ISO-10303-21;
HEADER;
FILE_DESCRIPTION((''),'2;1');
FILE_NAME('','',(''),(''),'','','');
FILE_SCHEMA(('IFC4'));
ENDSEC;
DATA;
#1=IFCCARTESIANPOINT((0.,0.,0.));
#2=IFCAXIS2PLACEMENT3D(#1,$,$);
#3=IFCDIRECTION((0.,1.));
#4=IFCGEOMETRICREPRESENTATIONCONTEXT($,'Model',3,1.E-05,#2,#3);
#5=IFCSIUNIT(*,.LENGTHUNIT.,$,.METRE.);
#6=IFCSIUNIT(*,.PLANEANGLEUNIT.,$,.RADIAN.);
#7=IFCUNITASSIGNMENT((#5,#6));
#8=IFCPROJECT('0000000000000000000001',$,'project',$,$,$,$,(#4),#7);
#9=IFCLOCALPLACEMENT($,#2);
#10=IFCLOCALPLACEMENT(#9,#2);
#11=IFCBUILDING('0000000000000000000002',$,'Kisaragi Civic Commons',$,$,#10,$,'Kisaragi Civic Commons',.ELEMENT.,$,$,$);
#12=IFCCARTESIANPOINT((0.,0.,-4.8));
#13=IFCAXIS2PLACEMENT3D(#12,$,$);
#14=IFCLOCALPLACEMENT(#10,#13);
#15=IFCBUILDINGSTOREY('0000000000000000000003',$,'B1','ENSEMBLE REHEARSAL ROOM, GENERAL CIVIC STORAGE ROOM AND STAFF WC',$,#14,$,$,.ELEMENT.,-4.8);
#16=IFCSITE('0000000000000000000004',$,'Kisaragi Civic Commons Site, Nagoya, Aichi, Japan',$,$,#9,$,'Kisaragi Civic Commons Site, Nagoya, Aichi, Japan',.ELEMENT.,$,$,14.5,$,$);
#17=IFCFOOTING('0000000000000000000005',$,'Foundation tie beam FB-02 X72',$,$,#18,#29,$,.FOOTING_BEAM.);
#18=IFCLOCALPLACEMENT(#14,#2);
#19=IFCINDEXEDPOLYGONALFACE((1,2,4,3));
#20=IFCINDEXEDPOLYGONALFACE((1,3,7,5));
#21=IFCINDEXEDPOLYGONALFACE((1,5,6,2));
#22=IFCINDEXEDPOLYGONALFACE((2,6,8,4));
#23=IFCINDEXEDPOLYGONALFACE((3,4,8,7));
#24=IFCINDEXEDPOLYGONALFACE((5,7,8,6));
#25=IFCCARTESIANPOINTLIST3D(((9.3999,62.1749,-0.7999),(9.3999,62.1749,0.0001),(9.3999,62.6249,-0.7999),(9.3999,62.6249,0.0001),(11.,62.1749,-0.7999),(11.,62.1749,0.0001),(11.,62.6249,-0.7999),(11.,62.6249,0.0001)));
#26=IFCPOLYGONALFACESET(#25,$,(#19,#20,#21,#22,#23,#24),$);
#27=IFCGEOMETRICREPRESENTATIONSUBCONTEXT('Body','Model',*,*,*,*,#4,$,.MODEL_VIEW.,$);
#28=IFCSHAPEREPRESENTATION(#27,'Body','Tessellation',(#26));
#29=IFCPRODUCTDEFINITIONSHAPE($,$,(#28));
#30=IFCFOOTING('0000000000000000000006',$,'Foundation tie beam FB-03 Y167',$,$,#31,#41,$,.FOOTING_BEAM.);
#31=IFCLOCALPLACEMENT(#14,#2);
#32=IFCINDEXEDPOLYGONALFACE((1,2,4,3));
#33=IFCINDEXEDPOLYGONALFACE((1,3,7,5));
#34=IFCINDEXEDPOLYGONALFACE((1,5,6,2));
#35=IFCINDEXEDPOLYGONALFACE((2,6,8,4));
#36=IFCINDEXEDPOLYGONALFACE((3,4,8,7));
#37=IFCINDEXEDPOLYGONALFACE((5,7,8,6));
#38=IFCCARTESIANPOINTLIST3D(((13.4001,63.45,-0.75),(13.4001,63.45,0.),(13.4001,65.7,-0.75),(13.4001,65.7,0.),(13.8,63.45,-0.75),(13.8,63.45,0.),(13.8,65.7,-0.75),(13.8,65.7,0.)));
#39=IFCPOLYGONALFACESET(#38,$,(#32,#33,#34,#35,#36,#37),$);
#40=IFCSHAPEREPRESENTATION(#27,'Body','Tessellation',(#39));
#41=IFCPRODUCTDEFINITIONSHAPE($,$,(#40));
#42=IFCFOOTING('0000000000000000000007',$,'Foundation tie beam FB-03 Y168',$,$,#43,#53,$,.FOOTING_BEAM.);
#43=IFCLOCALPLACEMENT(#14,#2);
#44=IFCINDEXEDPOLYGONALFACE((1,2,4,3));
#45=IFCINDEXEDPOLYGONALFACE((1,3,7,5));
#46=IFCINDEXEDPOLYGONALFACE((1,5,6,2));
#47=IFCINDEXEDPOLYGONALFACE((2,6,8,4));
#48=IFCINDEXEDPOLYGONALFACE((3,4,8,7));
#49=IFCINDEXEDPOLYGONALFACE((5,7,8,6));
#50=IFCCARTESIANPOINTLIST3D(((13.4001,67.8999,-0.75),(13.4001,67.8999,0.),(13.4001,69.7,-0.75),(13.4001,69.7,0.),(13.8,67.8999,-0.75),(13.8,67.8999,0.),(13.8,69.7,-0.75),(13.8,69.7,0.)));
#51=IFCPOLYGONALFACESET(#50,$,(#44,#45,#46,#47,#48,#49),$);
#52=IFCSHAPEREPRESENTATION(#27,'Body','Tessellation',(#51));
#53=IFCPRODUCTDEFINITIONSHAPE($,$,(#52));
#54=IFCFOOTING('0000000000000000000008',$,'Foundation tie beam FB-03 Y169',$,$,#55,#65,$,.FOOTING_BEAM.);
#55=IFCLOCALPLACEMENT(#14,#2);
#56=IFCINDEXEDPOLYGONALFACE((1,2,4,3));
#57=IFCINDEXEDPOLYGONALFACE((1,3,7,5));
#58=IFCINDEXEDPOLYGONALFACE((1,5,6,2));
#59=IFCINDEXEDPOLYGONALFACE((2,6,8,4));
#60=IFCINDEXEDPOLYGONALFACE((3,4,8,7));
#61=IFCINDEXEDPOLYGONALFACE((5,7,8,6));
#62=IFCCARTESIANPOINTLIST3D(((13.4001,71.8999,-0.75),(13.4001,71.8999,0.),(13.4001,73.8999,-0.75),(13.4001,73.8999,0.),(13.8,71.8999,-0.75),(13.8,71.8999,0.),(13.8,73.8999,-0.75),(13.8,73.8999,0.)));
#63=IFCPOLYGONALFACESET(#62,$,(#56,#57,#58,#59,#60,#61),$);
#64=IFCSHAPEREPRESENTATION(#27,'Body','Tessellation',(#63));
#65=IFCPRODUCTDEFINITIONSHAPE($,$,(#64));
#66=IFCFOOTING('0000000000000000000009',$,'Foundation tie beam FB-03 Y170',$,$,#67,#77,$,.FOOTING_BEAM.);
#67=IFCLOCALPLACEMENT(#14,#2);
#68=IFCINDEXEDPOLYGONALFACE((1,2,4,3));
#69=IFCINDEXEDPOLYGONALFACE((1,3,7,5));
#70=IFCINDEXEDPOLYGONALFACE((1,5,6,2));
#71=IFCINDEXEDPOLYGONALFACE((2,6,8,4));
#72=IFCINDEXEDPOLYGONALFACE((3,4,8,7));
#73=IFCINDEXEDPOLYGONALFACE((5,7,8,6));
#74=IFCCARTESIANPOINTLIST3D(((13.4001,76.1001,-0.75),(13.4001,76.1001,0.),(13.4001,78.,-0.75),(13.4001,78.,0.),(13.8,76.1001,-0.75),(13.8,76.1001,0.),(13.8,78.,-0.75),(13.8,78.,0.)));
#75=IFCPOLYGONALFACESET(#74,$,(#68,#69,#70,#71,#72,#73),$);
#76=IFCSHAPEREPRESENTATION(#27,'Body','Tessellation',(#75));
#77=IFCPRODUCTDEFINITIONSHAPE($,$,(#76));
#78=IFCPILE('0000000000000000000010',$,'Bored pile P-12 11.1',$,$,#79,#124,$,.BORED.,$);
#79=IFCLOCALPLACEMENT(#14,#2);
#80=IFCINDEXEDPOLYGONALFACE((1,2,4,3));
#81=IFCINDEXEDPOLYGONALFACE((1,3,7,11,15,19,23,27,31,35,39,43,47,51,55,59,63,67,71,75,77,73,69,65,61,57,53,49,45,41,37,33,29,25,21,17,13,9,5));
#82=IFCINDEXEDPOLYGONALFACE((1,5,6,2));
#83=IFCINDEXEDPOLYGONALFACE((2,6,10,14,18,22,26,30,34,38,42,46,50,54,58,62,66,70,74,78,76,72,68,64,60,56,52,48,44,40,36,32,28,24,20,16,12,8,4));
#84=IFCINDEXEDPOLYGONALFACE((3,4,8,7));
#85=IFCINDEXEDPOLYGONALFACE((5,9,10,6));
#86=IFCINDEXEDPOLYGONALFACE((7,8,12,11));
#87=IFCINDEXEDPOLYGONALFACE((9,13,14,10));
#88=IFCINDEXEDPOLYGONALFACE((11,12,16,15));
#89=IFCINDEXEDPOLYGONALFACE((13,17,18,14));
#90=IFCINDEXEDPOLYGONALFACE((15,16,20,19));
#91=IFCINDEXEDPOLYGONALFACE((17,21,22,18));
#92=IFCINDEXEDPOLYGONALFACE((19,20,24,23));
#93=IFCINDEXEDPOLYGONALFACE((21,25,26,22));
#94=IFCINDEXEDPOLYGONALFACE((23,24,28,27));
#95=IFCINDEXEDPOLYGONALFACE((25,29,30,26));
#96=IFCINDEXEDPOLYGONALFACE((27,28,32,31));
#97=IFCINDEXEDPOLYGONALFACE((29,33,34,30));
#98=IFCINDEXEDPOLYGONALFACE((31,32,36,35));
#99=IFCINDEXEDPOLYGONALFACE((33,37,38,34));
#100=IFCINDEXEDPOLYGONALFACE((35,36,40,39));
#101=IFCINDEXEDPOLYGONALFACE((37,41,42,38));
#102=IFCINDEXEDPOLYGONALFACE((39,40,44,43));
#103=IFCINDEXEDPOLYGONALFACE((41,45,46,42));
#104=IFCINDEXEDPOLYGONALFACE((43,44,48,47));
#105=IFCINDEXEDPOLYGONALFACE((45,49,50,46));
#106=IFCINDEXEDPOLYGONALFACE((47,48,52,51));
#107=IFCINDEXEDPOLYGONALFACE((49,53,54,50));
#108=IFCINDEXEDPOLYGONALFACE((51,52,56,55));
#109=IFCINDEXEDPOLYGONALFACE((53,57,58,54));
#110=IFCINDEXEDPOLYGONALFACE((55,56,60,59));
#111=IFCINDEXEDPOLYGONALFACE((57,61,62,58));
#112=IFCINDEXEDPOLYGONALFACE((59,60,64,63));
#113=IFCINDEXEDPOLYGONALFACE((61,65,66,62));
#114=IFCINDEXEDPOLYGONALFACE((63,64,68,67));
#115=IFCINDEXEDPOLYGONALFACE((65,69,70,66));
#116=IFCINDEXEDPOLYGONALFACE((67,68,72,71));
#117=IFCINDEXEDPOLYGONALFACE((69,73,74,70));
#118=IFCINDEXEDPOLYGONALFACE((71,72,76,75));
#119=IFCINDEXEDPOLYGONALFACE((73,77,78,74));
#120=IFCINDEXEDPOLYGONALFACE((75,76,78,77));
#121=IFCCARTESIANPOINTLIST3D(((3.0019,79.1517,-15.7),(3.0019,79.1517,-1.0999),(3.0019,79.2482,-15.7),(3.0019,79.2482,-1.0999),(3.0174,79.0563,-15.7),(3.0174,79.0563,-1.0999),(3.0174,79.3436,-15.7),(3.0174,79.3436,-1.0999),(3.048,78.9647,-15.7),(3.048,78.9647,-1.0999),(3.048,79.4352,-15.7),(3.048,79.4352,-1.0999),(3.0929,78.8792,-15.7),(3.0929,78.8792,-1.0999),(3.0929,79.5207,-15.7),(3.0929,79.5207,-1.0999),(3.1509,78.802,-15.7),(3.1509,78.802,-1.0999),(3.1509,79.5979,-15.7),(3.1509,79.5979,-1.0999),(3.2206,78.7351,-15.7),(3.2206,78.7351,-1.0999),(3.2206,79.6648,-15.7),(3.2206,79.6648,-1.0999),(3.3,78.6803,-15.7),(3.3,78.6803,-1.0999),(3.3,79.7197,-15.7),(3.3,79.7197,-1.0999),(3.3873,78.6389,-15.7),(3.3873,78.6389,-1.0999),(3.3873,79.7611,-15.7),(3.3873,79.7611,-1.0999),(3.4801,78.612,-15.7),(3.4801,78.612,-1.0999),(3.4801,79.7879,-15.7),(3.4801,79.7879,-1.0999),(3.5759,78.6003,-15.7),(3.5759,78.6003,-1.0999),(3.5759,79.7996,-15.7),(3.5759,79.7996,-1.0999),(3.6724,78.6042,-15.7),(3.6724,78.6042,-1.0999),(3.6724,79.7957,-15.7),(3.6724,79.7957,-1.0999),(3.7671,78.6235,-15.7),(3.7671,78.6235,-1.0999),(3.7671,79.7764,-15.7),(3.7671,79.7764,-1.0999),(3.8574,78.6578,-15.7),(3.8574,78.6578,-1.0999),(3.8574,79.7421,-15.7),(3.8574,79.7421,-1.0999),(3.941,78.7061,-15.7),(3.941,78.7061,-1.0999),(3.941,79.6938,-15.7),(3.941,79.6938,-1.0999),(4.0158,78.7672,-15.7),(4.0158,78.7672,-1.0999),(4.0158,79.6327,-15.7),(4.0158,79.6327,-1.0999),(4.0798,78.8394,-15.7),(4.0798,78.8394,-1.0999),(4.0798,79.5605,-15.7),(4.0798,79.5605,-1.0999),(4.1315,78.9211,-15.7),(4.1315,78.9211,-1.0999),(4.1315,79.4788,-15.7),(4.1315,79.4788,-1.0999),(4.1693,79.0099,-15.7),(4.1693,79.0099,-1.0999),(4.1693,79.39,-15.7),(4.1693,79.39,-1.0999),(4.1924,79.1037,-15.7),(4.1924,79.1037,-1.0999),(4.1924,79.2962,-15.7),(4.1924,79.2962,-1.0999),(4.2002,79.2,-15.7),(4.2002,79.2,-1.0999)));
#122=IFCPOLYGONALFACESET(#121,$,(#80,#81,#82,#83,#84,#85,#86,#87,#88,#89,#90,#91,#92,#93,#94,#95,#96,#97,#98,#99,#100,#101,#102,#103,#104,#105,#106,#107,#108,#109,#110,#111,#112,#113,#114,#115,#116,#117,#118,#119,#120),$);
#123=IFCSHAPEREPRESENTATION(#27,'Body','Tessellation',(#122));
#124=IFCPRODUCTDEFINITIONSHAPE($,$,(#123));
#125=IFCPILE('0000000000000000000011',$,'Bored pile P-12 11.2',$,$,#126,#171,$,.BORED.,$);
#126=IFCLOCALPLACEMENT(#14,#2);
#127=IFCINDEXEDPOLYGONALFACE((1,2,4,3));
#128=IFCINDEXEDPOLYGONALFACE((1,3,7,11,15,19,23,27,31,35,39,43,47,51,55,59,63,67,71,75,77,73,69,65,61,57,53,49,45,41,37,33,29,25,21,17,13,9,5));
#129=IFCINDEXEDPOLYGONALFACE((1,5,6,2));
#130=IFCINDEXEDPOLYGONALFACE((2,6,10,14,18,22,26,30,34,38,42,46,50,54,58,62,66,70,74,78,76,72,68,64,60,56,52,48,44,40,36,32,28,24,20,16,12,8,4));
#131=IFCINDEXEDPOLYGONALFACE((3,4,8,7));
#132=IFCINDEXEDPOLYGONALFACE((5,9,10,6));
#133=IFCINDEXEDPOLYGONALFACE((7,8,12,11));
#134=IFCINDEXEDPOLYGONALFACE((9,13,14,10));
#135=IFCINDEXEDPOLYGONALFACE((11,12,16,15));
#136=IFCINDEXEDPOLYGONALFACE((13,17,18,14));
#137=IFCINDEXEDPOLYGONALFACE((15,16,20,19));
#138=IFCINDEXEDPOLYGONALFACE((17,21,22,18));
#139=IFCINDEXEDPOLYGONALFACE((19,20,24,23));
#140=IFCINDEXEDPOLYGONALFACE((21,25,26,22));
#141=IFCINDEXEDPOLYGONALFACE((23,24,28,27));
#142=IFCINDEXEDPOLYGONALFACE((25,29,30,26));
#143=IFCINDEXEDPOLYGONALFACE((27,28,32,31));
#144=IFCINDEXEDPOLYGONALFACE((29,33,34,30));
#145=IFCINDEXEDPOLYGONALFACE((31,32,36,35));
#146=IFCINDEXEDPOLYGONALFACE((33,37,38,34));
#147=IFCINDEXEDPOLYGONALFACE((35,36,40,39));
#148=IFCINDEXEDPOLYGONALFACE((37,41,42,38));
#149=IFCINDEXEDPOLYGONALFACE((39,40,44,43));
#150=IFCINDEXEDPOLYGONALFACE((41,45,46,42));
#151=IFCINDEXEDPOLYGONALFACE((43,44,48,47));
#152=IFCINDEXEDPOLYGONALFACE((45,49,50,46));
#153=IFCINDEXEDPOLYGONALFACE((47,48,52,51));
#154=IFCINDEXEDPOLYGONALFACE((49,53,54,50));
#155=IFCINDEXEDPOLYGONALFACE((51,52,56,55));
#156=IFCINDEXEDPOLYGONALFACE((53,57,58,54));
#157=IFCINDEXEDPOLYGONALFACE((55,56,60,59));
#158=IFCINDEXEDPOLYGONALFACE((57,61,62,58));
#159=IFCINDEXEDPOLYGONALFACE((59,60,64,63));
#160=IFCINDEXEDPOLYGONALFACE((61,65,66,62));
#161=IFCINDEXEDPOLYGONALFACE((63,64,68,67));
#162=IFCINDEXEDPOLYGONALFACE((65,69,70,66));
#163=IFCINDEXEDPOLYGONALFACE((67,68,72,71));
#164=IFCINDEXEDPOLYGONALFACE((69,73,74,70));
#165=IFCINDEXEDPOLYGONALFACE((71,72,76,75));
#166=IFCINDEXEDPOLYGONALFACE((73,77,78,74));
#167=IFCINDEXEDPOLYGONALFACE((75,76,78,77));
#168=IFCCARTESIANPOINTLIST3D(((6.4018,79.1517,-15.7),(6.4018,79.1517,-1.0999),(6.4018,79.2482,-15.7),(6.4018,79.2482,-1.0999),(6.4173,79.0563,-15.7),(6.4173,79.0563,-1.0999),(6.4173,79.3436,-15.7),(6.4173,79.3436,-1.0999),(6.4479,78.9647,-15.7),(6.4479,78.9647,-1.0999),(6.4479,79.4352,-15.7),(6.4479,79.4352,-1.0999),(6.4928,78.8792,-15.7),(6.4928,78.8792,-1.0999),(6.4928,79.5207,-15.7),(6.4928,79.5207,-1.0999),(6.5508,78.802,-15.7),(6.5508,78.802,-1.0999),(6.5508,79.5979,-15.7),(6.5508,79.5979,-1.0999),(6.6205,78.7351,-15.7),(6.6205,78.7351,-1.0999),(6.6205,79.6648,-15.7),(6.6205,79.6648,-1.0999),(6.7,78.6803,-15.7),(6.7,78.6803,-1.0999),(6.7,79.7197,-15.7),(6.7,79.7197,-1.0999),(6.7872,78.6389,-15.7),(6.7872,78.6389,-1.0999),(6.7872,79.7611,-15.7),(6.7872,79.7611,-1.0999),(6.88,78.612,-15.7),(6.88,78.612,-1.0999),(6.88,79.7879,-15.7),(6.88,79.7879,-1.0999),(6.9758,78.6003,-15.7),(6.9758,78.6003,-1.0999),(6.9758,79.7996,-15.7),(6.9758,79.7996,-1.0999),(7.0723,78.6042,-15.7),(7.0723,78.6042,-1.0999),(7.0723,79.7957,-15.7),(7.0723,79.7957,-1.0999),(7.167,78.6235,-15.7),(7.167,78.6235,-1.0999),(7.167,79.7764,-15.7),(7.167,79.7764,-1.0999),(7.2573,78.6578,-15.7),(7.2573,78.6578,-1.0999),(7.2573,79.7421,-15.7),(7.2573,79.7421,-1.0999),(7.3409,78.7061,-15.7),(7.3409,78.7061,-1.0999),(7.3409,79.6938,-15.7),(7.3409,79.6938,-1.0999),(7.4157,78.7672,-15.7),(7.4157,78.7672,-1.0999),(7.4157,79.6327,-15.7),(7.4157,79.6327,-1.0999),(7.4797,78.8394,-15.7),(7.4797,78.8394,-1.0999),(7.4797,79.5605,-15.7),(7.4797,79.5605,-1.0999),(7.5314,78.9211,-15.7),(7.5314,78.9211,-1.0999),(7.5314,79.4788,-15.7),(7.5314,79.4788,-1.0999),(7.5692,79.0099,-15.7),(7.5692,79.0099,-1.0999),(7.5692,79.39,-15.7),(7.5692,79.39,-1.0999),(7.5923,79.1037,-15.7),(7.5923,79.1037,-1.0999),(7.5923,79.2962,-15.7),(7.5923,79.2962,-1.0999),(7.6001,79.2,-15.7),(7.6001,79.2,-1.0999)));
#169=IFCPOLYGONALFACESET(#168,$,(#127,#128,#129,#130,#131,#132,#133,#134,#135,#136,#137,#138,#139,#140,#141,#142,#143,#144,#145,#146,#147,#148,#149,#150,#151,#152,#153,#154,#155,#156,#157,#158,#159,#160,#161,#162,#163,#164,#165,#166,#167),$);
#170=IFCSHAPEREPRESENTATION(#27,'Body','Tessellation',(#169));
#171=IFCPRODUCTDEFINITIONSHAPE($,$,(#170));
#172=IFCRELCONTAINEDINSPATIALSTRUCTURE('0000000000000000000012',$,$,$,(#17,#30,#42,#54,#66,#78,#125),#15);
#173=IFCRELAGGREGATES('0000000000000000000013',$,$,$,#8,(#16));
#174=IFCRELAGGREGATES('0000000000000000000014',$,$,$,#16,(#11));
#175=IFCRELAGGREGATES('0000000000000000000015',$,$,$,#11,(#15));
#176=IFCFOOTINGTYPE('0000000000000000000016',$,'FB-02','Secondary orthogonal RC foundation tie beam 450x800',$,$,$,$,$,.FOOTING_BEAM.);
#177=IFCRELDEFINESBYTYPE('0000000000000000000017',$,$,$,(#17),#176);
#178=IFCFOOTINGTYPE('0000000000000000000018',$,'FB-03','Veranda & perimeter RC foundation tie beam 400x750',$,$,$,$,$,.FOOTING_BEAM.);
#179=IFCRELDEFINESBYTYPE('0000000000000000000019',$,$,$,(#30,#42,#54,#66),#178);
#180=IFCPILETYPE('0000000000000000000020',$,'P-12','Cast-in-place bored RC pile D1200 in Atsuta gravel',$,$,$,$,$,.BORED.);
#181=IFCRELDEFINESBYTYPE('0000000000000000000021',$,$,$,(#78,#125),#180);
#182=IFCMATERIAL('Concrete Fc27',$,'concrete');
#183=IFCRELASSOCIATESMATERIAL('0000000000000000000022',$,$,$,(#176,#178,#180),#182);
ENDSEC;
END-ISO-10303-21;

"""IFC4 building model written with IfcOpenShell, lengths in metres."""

from ifc_helpers import new_model, si_unit, direction, frame, origin, origin_2d, place, context, subcontext, project, spatial, rectangle, circle, extrude, material, material_profile, profile_set, type_object, element, save


model = new_model("IFC4")

# Units and contexts
model_context = context("Model", 3, precision=1e-05, world=origin(), true_north=direction((0.0, 1.0)))
body_context = subcontext(model_context, "Body", "Model", "MODEL_VIEW")
ifc_project = project(units=[si_unit("LENGTHUNIT", "METRE"), si_unit("PLANEANGLEUNIT", "RADIAN")], contexts=[model_context])

# Site, building, storey
site_placement = place(None, origin())
site = spatial("IfcSite", under=ifc_project, at=site_placement, Name="Kisaragi Civic Commons Site, Nagoya, Aichi, Japan", LongName="Kisaragi Civic Commons Site, Nagoya, Aichi, Japan", CompositionType="ELEMENT", RefElevation=14.5)
building_placement = place(site_placement, origin())
building = spatial("IfcBuilding", under=site, at=building_placement, Name="Kisaragi Civic Commons", LongName="Kisaragi Civic Commons", CompositionType="ELEMENT")
storey_placement = place(building_placement, frame((0.0, 0.0, -4.8)))
storey = spatial("IfcBuildingStorey", under=building, at=storey_placement, Name="B1", Description="ENSEMBLE REHEARSAL ROOM, GENERAL CIVIC STORAGE ROOM AND STAFF WC", CompositionType="ELEMENT", Elevation=-4.8)

# Footings
ifc_material_1 = material(Name="Concrete Fc27", Category="concrete")
ifc_material_profile_1 = material_profile(ifc_material_1, rectangle(XDim=0.45, YDim=0.8, at=origin_2d()), Name="RC-450x800", Category="concrete")
ifc_profile_set_1 = profile_set([ifc_material_profile_1], Name="Concrete Fc27")
footing_type_1 = type_object("IfcFootingType", Name="FB-02", Description="Secondary orthogonal RC foundation tie beam 450x800", PredefinedType="FOOTING_BEAM", material=ifc_profile_set_1)
footing_1_placement = place(storey_placement, frame((9.3999, 62.3999, -0.3999), z_axis=(1.0, 0.0, 0.0), x_axis=(0.0, 1.0, 0.0)))
element("IfcFooting", 1, at=footing_1_placement, inside=storey, type_object=footing_type_1, Name="Foundation tie beam FB-02 X72", PredefinedType="FOOTING_BEAM", context=body_context, shape_type="SweptSolid", body=[
    extrude(rectangle(XDim=0.45, YDim=0.8, at=origin_2d()), origin(), (0.0, 0.0, 1.0), 1.6001),
])
ifc_material_profile_2 = material_profile(ifc_material_1, rectangle(XDim=0.3999, YDim=0.75, at=origin_2d()), Name="RC-400x750", Category="concrete")
ifc_profile_set_2 = profile_set([ifc_material_profile_2], Name="Concrete Fc27")
footing_type_2 = type_object("IfcFootingType", Name="FB-03", Description="Veranda & perimeter RC foundation tie beam 400x750", PredefinedType="FOOTING_BEAM", material=ifc_profile_set_2)
footing_2_placement = place(storey_placement, frame((13.6001, 63.45, -0.375), z_axis=(0.0, 1.0, 0.0), x_axis=(-1.0, 0.0, 0.0)))
element("IfcFooting", 2, at=footing_2_placement, inside=storey, type_object=footing_type_2, Name="Foundation tie beam FB-03 Y167", PredefinedType="FOOTING_BEAM", context=body_context, shape_type="SweptSolid", body=[
    extrude(rectangle(XDim=0.3999, YDim=0.75, at=origin_2d()), origin(), (0.0, 0.0, 1.0), 2.25),
])
footing_3_placement = place(storey_placement, frame((13.6001, 67.8999, -0.375), z_axis=(0.0, 1.0, 0.0), x_axis=(-1.0, 0.0, 0.0)))
element("IfcFooting", 3, at=footing_3_placement, inside=storey, type_object=footing_type_2, Name="Foundation tie beam FB-03 Y168", PredefinedType="FOOTING_BEAM", context=body_context, shape_type="SweptSolid", body=[
    extrude(rectangle(XDim=0.3999, YDim=0.75, at=origin_2d()), origin(), (0.0, 0.0, 1.0), 1.8),
])
footing_4_placement = place(storey_placement, frame((13.6001, 71.8999, -0.375), z_axis=(0.0, 1.0, 0.0), x_axis=(-1.0, 0.0, 0.0)))
element("IfcFooting", 4, at=footing_4_placement, inside=storey, type_object=footing_type_2, Name="Foundation tie beam FB-03 Y169", PredefinedType="FOOTING_BEAM", context=body_context, shape_type="SweptSolid", body=[
    extrude(rectangle(XDim=0.3999, YDim=0.75, at=origin_2d()), origin(), (0.0, 0.0, 1.0), 2.0),
])
footing_5_placement = place(storey_placement, frame((13.6001, 76.1001, -0.375), z_axis=(0.0, 1.0, 0.0), x_axis=(-1.0, 0.0, 0.0)))
element("IfcFooting", 5, at=footing_5_placement, inside=storey, type_object=footing_type_2, Name="Foundation tie beam FB-03 Y170", PredefinedType="FOOTING_BEAM", context=body_context, shape_type="SweptSolid", body=[
    extrude(rectangle(XDim=0.3999, YDim=0.75, at=origin_2d()), origin(), (0.0, 0.0, 1.0), 1.8999),
])

# Piles
ifc_material_profile_3 = material_profile(ifc_material_1, circle(Radius=0.6001, at=origin_2d()), Name="PILE-D1200", Category="concrete")
ifc_profile_set_3 = profile_set([ifc_material_profile_3], Name="Concrete Fc27")
pile_type = type_object("IfcPileType", Name="P-12", Description="Cast-in-place bored RC pile D1200 in Atsuta gravel", PredefinedType="BORED", material=ifc_profile_set_3)
for number, where, z_axis, x_axis, name in (
    (6, (3.6001, 79.2, -1.0999), (0.0, 0.0, -1.0), (1.0, 0.0, 0.0), "Bored pile P-12 11.1"),
    (7, (7.0, 79.2, -1.0999), (0.0, 0.0, -1.0), (1.0, 0.0, 0.0), "Bored pile P-12 11.2"),
):
    element("IfcPile", number, at=place(storey_placement, frame(where, z_axis=z_axis, x_axis=x_axis)), inside=storey, type_object=pile_type, Name=name, PredefinedType="BORED", context=body_context, shape_type="SweptSolid", body=[
        extrude(circle(Radius=0.6001, at=origin_2d()), origin(), (0.0, 0.0, 1.0), 14.6001),
    ])

save(model, "model.ifc")
